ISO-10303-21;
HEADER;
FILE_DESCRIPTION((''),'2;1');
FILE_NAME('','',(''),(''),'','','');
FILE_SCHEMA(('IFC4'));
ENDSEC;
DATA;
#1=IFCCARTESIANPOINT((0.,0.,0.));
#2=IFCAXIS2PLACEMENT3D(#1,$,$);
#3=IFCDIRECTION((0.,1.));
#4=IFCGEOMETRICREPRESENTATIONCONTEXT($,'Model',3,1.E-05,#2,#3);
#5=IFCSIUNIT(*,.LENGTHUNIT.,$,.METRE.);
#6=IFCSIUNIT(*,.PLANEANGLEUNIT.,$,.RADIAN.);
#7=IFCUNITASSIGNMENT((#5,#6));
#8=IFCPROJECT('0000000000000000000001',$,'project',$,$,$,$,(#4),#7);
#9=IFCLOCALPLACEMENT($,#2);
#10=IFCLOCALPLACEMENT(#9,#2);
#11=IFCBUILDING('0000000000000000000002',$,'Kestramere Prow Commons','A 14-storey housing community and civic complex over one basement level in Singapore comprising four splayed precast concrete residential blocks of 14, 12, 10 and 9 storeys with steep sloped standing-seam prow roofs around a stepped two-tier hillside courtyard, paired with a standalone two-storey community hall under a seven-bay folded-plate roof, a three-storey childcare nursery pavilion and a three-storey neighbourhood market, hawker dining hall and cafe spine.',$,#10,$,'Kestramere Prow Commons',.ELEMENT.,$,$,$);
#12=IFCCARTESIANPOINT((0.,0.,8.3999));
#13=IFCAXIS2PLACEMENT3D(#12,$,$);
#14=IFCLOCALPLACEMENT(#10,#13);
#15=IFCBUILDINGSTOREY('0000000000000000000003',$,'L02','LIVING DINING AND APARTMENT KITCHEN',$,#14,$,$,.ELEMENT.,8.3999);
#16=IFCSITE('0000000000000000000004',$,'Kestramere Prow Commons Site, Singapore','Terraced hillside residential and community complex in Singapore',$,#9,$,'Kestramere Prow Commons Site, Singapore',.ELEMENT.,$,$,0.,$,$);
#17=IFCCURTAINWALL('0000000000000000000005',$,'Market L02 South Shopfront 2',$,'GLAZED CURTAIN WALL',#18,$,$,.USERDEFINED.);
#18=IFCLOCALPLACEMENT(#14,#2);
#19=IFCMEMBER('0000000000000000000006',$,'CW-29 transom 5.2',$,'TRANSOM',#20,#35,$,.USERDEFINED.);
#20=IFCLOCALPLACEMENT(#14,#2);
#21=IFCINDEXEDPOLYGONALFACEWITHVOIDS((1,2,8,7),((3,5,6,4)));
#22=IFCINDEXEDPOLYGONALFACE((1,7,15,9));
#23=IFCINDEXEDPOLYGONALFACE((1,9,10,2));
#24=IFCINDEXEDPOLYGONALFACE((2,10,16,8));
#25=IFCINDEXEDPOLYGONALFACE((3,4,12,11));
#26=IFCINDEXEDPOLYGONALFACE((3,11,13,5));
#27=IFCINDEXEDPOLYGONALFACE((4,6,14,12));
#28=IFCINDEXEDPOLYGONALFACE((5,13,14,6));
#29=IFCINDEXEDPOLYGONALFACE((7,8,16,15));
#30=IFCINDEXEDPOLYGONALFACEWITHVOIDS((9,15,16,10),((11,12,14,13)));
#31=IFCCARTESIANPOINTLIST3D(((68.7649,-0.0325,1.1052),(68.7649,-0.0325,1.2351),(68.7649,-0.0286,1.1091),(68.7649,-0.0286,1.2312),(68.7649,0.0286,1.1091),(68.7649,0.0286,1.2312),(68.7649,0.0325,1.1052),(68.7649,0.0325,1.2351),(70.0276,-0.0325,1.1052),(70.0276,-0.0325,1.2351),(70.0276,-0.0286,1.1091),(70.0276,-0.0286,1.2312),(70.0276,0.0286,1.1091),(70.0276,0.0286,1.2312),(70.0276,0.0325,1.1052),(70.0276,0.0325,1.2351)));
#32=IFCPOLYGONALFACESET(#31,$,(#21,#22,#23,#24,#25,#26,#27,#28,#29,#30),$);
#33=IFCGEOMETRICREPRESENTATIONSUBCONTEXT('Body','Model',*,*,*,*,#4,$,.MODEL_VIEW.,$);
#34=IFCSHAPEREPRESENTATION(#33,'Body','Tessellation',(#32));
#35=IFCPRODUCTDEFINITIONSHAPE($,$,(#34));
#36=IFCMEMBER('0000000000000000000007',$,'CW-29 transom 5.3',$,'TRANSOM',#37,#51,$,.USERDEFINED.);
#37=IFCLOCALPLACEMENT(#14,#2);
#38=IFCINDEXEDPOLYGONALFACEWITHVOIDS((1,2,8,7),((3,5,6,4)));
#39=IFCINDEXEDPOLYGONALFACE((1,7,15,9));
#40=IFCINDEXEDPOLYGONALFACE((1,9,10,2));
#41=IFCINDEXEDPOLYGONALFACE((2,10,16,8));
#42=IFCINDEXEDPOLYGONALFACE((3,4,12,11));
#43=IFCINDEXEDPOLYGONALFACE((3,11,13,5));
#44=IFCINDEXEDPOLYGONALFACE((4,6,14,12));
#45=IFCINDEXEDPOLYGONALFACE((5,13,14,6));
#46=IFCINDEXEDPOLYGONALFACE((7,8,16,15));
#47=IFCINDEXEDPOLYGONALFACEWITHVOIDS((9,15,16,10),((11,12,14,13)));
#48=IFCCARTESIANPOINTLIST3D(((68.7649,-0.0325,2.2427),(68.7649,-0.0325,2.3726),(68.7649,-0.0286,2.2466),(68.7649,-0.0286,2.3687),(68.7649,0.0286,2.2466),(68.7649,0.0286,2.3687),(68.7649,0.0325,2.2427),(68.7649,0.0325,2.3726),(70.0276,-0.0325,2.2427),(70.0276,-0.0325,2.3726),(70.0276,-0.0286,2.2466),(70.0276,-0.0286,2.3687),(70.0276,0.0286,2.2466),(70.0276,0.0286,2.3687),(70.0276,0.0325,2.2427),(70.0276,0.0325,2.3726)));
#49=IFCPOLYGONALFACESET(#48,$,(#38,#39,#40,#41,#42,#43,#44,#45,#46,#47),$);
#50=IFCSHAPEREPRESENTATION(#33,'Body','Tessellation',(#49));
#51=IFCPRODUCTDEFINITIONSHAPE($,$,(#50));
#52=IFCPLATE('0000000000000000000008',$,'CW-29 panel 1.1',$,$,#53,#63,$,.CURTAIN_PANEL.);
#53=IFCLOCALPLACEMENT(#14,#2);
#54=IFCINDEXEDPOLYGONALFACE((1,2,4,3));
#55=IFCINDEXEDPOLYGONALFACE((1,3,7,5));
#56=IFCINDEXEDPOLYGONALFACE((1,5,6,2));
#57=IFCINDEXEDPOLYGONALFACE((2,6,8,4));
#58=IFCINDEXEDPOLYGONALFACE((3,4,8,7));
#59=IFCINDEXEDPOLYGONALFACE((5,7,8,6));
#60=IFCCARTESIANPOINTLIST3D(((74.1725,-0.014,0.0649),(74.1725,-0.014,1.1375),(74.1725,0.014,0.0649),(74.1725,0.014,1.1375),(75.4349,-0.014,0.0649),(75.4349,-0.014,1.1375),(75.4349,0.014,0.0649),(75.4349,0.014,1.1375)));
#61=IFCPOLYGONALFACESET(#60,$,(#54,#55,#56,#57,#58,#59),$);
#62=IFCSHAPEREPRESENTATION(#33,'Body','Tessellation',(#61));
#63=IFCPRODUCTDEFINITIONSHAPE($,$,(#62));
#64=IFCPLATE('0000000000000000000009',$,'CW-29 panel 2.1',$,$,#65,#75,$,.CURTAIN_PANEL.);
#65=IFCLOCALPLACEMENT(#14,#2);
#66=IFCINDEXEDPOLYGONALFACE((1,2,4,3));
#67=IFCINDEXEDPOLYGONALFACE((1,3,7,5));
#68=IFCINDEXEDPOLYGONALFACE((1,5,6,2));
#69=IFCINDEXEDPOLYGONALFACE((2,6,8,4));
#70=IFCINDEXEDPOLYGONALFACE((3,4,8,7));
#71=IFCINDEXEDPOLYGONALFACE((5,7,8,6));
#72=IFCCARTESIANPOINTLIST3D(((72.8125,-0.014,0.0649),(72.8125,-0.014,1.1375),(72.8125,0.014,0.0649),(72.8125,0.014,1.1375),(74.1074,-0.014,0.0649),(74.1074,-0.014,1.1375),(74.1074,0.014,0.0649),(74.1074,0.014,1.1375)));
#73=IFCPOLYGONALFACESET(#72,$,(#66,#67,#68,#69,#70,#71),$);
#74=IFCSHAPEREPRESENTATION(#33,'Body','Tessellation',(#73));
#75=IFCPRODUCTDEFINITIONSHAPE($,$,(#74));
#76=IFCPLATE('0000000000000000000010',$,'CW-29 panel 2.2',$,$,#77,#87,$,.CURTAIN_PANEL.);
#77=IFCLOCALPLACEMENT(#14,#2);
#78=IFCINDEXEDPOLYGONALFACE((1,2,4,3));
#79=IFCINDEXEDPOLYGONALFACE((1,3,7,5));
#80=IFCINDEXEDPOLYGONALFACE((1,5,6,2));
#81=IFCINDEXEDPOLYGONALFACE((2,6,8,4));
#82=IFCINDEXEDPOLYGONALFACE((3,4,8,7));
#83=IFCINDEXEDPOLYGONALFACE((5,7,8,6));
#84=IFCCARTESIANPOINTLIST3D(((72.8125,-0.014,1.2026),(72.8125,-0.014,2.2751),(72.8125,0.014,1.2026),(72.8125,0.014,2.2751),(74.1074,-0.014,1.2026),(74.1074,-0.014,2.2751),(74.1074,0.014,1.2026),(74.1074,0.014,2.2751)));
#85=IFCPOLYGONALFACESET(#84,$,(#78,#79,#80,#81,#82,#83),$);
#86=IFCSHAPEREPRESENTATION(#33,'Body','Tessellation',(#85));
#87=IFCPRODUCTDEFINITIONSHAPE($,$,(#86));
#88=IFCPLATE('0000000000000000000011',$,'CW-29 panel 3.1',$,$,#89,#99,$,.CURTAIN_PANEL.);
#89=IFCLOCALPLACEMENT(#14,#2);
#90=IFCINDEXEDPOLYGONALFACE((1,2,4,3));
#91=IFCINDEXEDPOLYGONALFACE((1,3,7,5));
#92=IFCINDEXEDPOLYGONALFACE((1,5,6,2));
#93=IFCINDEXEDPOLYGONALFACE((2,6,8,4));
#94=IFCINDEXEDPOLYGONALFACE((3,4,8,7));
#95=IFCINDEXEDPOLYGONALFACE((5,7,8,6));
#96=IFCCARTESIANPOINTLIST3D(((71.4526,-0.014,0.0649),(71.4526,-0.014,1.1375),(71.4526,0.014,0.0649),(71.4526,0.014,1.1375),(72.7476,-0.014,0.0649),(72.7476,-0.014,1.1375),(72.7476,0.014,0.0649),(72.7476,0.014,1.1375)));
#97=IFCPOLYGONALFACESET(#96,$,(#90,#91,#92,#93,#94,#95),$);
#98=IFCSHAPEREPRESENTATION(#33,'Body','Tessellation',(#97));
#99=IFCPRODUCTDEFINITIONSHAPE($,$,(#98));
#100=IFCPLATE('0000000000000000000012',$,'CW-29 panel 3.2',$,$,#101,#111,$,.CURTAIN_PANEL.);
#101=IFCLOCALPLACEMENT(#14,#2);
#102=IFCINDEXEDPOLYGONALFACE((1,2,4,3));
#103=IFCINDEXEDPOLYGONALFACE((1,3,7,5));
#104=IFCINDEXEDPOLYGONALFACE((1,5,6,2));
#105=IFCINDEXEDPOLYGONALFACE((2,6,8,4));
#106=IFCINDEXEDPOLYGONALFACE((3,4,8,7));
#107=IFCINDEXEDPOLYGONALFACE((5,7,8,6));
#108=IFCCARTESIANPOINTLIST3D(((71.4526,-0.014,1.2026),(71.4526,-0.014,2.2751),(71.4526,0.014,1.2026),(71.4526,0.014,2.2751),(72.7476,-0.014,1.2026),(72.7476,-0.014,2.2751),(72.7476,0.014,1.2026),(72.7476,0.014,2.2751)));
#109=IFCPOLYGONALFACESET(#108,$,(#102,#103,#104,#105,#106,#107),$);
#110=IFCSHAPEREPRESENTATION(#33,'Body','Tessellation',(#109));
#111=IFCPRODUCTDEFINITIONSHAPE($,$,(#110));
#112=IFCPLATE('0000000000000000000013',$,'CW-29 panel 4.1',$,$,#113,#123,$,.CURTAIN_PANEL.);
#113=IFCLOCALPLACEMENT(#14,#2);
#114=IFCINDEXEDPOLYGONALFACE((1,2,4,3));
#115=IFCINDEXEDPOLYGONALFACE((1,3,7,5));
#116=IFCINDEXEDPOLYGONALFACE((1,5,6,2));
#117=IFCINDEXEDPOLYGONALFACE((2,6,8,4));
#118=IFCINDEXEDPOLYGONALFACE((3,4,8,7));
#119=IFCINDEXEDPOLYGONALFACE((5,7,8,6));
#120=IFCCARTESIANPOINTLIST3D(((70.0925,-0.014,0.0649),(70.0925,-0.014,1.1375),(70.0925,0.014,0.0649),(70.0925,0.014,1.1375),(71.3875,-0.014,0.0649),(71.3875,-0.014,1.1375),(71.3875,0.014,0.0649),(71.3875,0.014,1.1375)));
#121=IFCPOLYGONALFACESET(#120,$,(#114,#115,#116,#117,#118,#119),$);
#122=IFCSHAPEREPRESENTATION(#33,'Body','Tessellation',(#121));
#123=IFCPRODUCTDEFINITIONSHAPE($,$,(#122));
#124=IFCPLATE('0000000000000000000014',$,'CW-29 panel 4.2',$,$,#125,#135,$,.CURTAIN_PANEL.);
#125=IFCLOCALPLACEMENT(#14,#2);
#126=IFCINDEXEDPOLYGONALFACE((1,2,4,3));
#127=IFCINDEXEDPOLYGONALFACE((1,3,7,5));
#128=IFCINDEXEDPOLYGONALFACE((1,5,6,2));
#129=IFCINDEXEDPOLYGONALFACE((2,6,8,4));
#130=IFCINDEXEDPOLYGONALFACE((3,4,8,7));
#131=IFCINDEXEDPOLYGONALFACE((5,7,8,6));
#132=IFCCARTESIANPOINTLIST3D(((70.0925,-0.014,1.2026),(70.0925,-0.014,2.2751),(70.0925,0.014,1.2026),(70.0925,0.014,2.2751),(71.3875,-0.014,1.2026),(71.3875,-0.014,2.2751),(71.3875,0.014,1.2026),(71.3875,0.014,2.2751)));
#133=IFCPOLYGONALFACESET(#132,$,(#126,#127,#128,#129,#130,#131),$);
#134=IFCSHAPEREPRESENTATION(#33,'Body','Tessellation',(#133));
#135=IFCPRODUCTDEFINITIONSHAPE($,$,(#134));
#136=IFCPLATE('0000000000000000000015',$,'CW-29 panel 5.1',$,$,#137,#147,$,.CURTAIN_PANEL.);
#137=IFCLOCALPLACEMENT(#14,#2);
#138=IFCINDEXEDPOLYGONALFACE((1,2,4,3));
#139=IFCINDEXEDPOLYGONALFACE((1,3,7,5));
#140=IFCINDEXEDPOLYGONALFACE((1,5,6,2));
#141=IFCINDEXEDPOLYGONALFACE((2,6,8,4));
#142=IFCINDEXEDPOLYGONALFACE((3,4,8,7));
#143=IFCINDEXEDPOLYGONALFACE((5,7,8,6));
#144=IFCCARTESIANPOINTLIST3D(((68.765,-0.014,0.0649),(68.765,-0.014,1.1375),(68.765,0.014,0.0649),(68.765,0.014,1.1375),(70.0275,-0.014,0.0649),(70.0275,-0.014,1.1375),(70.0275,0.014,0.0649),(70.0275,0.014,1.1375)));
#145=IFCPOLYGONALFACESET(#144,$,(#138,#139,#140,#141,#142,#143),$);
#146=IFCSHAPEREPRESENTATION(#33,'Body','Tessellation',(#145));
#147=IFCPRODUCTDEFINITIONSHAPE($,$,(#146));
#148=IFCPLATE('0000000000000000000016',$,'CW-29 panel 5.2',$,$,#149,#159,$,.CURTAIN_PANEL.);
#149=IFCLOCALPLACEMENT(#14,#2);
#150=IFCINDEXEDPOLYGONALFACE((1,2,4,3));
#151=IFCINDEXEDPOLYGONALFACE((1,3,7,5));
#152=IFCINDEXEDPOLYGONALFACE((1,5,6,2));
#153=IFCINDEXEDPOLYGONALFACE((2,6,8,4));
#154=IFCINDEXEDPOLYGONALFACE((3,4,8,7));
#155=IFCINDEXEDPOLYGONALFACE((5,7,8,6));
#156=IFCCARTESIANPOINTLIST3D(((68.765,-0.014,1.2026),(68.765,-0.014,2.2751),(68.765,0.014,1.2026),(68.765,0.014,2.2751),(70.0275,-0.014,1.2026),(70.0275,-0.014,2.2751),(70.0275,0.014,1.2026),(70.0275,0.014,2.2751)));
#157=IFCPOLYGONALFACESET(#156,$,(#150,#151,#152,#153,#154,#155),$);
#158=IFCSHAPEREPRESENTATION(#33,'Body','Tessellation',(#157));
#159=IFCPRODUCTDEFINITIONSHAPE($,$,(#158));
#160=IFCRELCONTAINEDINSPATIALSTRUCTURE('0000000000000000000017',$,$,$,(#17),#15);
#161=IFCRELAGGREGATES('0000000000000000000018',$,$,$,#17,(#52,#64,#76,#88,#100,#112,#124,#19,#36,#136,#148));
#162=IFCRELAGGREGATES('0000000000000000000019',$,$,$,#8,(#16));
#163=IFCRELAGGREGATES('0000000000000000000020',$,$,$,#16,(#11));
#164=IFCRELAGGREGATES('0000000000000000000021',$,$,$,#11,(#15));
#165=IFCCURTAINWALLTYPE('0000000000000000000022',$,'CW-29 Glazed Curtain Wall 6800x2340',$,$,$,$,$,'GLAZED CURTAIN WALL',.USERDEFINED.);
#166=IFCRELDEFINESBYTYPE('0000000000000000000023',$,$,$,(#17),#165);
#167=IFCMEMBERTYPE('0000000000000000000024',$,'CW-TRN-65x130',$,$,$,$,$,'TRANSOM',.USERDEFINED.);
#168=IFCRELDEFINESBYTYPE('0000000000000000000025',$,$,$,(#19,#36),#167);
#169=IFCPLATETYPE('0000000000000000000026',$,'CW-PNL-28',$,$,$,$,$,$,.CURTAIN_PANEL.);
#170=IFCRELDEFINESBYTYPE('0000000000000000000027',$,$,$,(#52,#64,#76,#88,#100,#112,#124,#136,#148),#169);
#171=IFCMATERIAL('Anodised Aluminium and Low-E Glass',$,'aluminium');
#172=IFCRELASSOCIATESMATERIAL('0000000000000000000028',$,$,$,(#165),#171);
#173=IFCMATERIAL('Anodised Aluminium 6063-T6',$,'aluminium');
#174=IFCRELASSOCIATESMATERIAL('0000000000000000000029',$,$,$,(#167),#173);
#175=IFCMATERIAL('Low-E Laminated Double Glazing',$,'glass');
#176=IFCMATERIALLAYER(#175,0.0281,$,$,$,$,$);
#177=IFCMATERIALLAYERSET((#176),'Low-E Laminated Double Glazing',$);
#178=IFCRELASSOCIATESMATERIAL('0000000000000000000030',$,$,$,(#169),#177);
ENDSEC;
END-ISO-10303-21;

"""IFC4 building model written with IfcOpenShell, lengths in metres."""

from ifc_helpers import new_model, si_unit, direction, frame, origin, origin_2d, place, context, subcontext, project, spatial, rectangle, hollow_rectangle, extrude, material, layer, layer_set, material_profile, profile_set, type_object, element, aggregate, save


model = new_model("IFC4")

# Units and contexts
model_context = context("Model", 3, precision=1e-05, world=origin(), true_north=direction((0.0, 1.0)))
body_context = subcontext(model_context, "Body", "Model", "MODEL_VIEW")
ifc_project = project(units=[si_unit("LENGTHUNIT", "METRE"), si_unit("PLANEANGLEUNIT", "RADIAN")], contexts=[model_context])

# Site, building, storey
site_placement = place(None, origin())
site = spatial("IfcSite", under=ifc_project, at=site_placement, Name="Kestramere Prow Commons Site, Singapore", Description="Terraced hillside residential and community complex in Singapore", LongName="Kestramere Prow Commons Site, Singapore", CompositionType="ELEMENT", RefElevation=0.0)
building_placement = place(site_placement, origin())
building = spatial("IfcBuilding", under=site, at=building_placement, Name="Kestramere Prow Commons", Description="A 14-storey housing community and civic complex over one basement level in Singapore comprising four splayed precast concrete residential blocks of 14, 12, 10 and 9 storeys with steep sloped standing-seam prow roofs around a stepped two-tier hillside courtyard, paired with a standalone two-storey community hall under a seven-bay folded-plate roof, a three-storey childcare nursery pavilion and a three-storey neighbourhood market, hawker dining hall and cafe spine.", LongName="Kestramere Prow Commons", CompositionType="ELEMENT")
storey_placement = place(building_placement, frame((0.0, 0.0, 8.3999)))
storey = spatial("IfcBuildingStorey", under=building, at=storey_placement, Name="L02", Description="LIVING DINING AND APARTMENT KITCHEN", CompositionType="ELEMENT", Elevation=8.3999)

# Shared definitions
ifc_material_1 = material(Name="Anodised Aluminium and Low-E Glass", Category="aluminium")
ifc_material_2 = material(Name="Anodised Aluminium 6063-T6", Category="aluminium")

# Curtain wall, members, plates
curtain_wall_type_1 = type_object("IfcCurtainWallType", Name="CW-29 Glazed Curtain Wall 6800x2340", ElementType="GLAZED CURTAIN WALL", PredefinedType="USERDEFINED", material=ifc_material_1)
curtain_wall_1_placement = place(storey_placement, origin())
curtain_wall_1 = element("IfcCurtainWall", 1, at=curtain_wall_1_placement, inside=storey, type_object=curtain_wall_type_1, Name="Market L02 South Shopfront 2", ObjectType="GLAZED CURTAIN WALL", PredefinedType="USERDEFINED")
ifc_material_profile_1 = material_profile(ifc_material_2, hollow_rectangle(XDim=0.0649, YDim=0.1299, WallThickness=0.0039, at=origin_2d()), Name="ALU-TRN 65x130")
ifc_profile_set_1 = profile_set([ifc_material_profile_1], Name="Anodised Aluminium 6063-T6")
member_type_1 = type_object("IfcMemberType", Name="CW-TRN-65x130", ElementType="TRANSOM", PredefinedType="USERDEFINED", material=ifc_profile_set_1)
member_1_placement = place(storey_placement, frame((70.0276, 0.0, 1.1702), z_axis=(-1.0, 0.0, 0.0), x_axis=(0.0, -1.0, 0.0)))
member_1 = element("IfcMember", 2, at=member_1_placement, type_object=member_type_1, Name="CW-29 transom 5.2", ObjectType="TRANSOM", PredefinedType="USERDEFINED", context=body_context, shape_type="SweptSolid", body=[
    extrude(hollow_rectangle(XDim=0.0649, YDim=0.1299, WallThickness=0.0039, at=origin_2d()), origin(), (0.0, 0.0, 1.0), 1.2627),
])
member_2_placement = place(storey_placement, frame((70.0276, 0.0, 2.3076), z_axis=(-1.0, 0.0, 0.0), x_axis=(0.0, -1.0, 0.0)))
member_2 = element("IfcMember", 3, at=member_2_placement, type_object=member_type_1, Name="CW-29 transom 5.3", ObjectType="TRANSOM", PredefinedType="USERDEFINED", context=body_context, shape_type="SweptSolid", body=[
    extrude(hollow_rectangle(XDim=0.0649, YDim=0.1299, WallThickness=0.0039, at=origin_2d()), origin(), (0.0, 0.0, 1.0), 1.2627),
])
ifc_material_3 = material(Name="Low-E Laminated Double Glazing", Category="glass")
ifc_layer = layer(ifc_material_3, 0.0281)
ifc_layer_set = layer_set([ifc_layer], Name="Low-E Laminated Double Glazing")
plate_type = type_object("IfcPlateType", Name="CW-PNL-28", PredefinedType="CURTAIN_PANEL", material=ifc_layer_set)
plate_1_placement = place(storey_placement, frame((74.8037, 0.0, 0.0649), z_axis=(0.0, 0.0, 1.0), x_axis=(-1.0, 0.0, 0.0)))
plate_1 = element("IfcPlate", 4, at=plate_1_placement, type_object=plate_type, Name="CW-29 panel 1.1", PredefinedType="CURTAIN_PANEL", context=body_context, shape_type="SweptSolid", body=[
    extrude(rectangle(XDim=1.2625, YDim=0.0281, at=origin_2d()), origin(), (0.0, 0.0, 1.0), 1.0725),
])
plate_2_placement = place(storey_placement, frame((73.46, 0.0, 0.0649), z_axis=(0.0, 0.0, 1.0), x_axis=(-1.0, 0.0, 0.0)))
plate_2 = element("IfcPlate", 5, at=plate_2_placement, type_object=plate_type, Name="CW-29 panel 2.1", PredefinedType="CURTAIN_PANEL", context=body_context, shape_type="SweptSolid", body=[
    extrude(rectangle(XDim=1.2949, YDim=0.0281, at=origin_2d()), origin(), (0.0, 0.0, 1.0), 1.0725),
])
plate_3_placement = place(storey_placement, frame((73.46, 0.0, 1.2026), z_axis=(0.0, 0.0, 1.0), x_axis=(-1.0, 0.0, 0.0)))
plate_3 = element("IfcPlate", 6, at=plate_3_placement, type_object=plate_type, Name="CW-29 panel 2.2", PredefinedType="CURTAIN_PANEL", context=body_context, shape_type="SweptSolid", body=[
    extrude(rectangle(XDim=1.2949, YDim=0.0281, at=origin_2d()), origin(), (0.0, 0.0, 1.0), 1.0725),
])
plate_4_placement = place(storey_placement, frame((72.1001, 0.0, 0.0649), z_axis=(0.0, 0.0, 1.0), x_axis=(-1.0, 0.0, 0.0)))
plate_4 = element("IfcPlate", 7, at=plate_4_placement, type_object=plate_type, Name="CW-29 panel 3.1", PredefinedType="CURTAIN_PANEL", context=body_context, shape_type="SweptSolid", body=[
    extrude(rectangle(XDim=1.2949, YDim=0.0281, at=origin_2d()), origin(), (0.0, 0.0, 1.0), 1.0725),
])
plate_5_placement = place(storey_placement, frame((72.1001, 0.0, 1.2026), z_axis=(0.0, 0.0, 1.0), x_axis=(-1.0, 0.0, 0.0)))
plate_5 = element("IfcPlate", 8, at=plate_5_placement, type_object=plate_type, Name="CW-29 panel 3.2", PredefinedType="CURTAIN_PANEL", context=body_context, shape_type="SweptSolid", body=[
    extrude(rectangle(XDim=1.2949, YDim=0.0281, at=origin_2d()), origin(), (0.0, 0.0, 1.0), 1.0725),
])
plate_6_placement = place(storey_placement, frame((70.74, 0.0, 0.0649), z_axis=(0.0, 0.0, 1.0), x_axis=(-1.0, 0.0, 0.0)))
plate_6 = element("IfcPlate", 9, at=plate_6_placement, type_object=plate_type, Name="CW-29 panel 4.1", PredefinedType="CURTAIN_PANEL", context=body_context, shape_type="SweptSolid", body=[
    extrude(rectangle(XDim=1.2949, YDim=0.0281, at=origin_2d()), origin(), (0.0, 0.0, 1.0), 1.0725),
])
plate_7_placement = place(storey_placement, frame((70.74, 0.0, 1.2026), z_axis=(0.0, 0.0, 1.0), x_axis=(-1.0, 0.0, 0.0)))
plate_7 = element("IfcPlate", 10, at=plate_7_placement, type_object=plate_type, Name="CW-29 panel 4.2", PredefinedType="CURTAIN_PANEL", context=body_context, shape_type="SweptSolid", body=[
    extrude(rectangle(XDim=1.2949, YDim=0.0281, at=origin_2d()), origin(), (0.0, 0.0, 1.0), 1.0725),
])
plate_8_placement = place(storey_placement, frame((69.3962, 0.0, 0.0649), z_axis=(0.0, 0.0, 1.0), x_axis=(-1.0, 0.0, 0.0)))
plate_8 = element("IfcPlate", 11, at=plate_8_placement, type_object=plate_type, Name="CW-29 panel 5.1", PredefinedType="CURTAIN_PANEL", context=body_context, shape_type="SweptSolid", body=[
    extrude(rectangle(XDim=1.2625, YDim=0.0281, at=origin_2d()), origin(), (0.0, 0.0, 1.0), 1.0725),
])
plate_9_placement = place(storey_placement, frame((69.3962, 0.0, 1.2026), z_axis=(0.0, 0.0, 1.0), x_axis=(-1.0, 0.0, 0.0)))
plate_9 = element("IfcPlate", 12, at=plate_9_placement, type_object=plate_type, Name="CW-29 panel 5.2", PredefinedType="CURTAIN_PANEL", context=body_context, shape_type="SweptSolid", body=[
    extrude(rectangle(XDim=1.2625, YDim=0.0281, at=origin_2d()), origin(), (0.0, 0.0, 1.0), 1.0725),
])
aggregate(curtain_wall_1, [plate_1, plate_2, plate_3, plate_4, plate_5, plate_6, plate_7, member_1, member_2, plate_8, plate_9])

save(model, "model.ifc")
